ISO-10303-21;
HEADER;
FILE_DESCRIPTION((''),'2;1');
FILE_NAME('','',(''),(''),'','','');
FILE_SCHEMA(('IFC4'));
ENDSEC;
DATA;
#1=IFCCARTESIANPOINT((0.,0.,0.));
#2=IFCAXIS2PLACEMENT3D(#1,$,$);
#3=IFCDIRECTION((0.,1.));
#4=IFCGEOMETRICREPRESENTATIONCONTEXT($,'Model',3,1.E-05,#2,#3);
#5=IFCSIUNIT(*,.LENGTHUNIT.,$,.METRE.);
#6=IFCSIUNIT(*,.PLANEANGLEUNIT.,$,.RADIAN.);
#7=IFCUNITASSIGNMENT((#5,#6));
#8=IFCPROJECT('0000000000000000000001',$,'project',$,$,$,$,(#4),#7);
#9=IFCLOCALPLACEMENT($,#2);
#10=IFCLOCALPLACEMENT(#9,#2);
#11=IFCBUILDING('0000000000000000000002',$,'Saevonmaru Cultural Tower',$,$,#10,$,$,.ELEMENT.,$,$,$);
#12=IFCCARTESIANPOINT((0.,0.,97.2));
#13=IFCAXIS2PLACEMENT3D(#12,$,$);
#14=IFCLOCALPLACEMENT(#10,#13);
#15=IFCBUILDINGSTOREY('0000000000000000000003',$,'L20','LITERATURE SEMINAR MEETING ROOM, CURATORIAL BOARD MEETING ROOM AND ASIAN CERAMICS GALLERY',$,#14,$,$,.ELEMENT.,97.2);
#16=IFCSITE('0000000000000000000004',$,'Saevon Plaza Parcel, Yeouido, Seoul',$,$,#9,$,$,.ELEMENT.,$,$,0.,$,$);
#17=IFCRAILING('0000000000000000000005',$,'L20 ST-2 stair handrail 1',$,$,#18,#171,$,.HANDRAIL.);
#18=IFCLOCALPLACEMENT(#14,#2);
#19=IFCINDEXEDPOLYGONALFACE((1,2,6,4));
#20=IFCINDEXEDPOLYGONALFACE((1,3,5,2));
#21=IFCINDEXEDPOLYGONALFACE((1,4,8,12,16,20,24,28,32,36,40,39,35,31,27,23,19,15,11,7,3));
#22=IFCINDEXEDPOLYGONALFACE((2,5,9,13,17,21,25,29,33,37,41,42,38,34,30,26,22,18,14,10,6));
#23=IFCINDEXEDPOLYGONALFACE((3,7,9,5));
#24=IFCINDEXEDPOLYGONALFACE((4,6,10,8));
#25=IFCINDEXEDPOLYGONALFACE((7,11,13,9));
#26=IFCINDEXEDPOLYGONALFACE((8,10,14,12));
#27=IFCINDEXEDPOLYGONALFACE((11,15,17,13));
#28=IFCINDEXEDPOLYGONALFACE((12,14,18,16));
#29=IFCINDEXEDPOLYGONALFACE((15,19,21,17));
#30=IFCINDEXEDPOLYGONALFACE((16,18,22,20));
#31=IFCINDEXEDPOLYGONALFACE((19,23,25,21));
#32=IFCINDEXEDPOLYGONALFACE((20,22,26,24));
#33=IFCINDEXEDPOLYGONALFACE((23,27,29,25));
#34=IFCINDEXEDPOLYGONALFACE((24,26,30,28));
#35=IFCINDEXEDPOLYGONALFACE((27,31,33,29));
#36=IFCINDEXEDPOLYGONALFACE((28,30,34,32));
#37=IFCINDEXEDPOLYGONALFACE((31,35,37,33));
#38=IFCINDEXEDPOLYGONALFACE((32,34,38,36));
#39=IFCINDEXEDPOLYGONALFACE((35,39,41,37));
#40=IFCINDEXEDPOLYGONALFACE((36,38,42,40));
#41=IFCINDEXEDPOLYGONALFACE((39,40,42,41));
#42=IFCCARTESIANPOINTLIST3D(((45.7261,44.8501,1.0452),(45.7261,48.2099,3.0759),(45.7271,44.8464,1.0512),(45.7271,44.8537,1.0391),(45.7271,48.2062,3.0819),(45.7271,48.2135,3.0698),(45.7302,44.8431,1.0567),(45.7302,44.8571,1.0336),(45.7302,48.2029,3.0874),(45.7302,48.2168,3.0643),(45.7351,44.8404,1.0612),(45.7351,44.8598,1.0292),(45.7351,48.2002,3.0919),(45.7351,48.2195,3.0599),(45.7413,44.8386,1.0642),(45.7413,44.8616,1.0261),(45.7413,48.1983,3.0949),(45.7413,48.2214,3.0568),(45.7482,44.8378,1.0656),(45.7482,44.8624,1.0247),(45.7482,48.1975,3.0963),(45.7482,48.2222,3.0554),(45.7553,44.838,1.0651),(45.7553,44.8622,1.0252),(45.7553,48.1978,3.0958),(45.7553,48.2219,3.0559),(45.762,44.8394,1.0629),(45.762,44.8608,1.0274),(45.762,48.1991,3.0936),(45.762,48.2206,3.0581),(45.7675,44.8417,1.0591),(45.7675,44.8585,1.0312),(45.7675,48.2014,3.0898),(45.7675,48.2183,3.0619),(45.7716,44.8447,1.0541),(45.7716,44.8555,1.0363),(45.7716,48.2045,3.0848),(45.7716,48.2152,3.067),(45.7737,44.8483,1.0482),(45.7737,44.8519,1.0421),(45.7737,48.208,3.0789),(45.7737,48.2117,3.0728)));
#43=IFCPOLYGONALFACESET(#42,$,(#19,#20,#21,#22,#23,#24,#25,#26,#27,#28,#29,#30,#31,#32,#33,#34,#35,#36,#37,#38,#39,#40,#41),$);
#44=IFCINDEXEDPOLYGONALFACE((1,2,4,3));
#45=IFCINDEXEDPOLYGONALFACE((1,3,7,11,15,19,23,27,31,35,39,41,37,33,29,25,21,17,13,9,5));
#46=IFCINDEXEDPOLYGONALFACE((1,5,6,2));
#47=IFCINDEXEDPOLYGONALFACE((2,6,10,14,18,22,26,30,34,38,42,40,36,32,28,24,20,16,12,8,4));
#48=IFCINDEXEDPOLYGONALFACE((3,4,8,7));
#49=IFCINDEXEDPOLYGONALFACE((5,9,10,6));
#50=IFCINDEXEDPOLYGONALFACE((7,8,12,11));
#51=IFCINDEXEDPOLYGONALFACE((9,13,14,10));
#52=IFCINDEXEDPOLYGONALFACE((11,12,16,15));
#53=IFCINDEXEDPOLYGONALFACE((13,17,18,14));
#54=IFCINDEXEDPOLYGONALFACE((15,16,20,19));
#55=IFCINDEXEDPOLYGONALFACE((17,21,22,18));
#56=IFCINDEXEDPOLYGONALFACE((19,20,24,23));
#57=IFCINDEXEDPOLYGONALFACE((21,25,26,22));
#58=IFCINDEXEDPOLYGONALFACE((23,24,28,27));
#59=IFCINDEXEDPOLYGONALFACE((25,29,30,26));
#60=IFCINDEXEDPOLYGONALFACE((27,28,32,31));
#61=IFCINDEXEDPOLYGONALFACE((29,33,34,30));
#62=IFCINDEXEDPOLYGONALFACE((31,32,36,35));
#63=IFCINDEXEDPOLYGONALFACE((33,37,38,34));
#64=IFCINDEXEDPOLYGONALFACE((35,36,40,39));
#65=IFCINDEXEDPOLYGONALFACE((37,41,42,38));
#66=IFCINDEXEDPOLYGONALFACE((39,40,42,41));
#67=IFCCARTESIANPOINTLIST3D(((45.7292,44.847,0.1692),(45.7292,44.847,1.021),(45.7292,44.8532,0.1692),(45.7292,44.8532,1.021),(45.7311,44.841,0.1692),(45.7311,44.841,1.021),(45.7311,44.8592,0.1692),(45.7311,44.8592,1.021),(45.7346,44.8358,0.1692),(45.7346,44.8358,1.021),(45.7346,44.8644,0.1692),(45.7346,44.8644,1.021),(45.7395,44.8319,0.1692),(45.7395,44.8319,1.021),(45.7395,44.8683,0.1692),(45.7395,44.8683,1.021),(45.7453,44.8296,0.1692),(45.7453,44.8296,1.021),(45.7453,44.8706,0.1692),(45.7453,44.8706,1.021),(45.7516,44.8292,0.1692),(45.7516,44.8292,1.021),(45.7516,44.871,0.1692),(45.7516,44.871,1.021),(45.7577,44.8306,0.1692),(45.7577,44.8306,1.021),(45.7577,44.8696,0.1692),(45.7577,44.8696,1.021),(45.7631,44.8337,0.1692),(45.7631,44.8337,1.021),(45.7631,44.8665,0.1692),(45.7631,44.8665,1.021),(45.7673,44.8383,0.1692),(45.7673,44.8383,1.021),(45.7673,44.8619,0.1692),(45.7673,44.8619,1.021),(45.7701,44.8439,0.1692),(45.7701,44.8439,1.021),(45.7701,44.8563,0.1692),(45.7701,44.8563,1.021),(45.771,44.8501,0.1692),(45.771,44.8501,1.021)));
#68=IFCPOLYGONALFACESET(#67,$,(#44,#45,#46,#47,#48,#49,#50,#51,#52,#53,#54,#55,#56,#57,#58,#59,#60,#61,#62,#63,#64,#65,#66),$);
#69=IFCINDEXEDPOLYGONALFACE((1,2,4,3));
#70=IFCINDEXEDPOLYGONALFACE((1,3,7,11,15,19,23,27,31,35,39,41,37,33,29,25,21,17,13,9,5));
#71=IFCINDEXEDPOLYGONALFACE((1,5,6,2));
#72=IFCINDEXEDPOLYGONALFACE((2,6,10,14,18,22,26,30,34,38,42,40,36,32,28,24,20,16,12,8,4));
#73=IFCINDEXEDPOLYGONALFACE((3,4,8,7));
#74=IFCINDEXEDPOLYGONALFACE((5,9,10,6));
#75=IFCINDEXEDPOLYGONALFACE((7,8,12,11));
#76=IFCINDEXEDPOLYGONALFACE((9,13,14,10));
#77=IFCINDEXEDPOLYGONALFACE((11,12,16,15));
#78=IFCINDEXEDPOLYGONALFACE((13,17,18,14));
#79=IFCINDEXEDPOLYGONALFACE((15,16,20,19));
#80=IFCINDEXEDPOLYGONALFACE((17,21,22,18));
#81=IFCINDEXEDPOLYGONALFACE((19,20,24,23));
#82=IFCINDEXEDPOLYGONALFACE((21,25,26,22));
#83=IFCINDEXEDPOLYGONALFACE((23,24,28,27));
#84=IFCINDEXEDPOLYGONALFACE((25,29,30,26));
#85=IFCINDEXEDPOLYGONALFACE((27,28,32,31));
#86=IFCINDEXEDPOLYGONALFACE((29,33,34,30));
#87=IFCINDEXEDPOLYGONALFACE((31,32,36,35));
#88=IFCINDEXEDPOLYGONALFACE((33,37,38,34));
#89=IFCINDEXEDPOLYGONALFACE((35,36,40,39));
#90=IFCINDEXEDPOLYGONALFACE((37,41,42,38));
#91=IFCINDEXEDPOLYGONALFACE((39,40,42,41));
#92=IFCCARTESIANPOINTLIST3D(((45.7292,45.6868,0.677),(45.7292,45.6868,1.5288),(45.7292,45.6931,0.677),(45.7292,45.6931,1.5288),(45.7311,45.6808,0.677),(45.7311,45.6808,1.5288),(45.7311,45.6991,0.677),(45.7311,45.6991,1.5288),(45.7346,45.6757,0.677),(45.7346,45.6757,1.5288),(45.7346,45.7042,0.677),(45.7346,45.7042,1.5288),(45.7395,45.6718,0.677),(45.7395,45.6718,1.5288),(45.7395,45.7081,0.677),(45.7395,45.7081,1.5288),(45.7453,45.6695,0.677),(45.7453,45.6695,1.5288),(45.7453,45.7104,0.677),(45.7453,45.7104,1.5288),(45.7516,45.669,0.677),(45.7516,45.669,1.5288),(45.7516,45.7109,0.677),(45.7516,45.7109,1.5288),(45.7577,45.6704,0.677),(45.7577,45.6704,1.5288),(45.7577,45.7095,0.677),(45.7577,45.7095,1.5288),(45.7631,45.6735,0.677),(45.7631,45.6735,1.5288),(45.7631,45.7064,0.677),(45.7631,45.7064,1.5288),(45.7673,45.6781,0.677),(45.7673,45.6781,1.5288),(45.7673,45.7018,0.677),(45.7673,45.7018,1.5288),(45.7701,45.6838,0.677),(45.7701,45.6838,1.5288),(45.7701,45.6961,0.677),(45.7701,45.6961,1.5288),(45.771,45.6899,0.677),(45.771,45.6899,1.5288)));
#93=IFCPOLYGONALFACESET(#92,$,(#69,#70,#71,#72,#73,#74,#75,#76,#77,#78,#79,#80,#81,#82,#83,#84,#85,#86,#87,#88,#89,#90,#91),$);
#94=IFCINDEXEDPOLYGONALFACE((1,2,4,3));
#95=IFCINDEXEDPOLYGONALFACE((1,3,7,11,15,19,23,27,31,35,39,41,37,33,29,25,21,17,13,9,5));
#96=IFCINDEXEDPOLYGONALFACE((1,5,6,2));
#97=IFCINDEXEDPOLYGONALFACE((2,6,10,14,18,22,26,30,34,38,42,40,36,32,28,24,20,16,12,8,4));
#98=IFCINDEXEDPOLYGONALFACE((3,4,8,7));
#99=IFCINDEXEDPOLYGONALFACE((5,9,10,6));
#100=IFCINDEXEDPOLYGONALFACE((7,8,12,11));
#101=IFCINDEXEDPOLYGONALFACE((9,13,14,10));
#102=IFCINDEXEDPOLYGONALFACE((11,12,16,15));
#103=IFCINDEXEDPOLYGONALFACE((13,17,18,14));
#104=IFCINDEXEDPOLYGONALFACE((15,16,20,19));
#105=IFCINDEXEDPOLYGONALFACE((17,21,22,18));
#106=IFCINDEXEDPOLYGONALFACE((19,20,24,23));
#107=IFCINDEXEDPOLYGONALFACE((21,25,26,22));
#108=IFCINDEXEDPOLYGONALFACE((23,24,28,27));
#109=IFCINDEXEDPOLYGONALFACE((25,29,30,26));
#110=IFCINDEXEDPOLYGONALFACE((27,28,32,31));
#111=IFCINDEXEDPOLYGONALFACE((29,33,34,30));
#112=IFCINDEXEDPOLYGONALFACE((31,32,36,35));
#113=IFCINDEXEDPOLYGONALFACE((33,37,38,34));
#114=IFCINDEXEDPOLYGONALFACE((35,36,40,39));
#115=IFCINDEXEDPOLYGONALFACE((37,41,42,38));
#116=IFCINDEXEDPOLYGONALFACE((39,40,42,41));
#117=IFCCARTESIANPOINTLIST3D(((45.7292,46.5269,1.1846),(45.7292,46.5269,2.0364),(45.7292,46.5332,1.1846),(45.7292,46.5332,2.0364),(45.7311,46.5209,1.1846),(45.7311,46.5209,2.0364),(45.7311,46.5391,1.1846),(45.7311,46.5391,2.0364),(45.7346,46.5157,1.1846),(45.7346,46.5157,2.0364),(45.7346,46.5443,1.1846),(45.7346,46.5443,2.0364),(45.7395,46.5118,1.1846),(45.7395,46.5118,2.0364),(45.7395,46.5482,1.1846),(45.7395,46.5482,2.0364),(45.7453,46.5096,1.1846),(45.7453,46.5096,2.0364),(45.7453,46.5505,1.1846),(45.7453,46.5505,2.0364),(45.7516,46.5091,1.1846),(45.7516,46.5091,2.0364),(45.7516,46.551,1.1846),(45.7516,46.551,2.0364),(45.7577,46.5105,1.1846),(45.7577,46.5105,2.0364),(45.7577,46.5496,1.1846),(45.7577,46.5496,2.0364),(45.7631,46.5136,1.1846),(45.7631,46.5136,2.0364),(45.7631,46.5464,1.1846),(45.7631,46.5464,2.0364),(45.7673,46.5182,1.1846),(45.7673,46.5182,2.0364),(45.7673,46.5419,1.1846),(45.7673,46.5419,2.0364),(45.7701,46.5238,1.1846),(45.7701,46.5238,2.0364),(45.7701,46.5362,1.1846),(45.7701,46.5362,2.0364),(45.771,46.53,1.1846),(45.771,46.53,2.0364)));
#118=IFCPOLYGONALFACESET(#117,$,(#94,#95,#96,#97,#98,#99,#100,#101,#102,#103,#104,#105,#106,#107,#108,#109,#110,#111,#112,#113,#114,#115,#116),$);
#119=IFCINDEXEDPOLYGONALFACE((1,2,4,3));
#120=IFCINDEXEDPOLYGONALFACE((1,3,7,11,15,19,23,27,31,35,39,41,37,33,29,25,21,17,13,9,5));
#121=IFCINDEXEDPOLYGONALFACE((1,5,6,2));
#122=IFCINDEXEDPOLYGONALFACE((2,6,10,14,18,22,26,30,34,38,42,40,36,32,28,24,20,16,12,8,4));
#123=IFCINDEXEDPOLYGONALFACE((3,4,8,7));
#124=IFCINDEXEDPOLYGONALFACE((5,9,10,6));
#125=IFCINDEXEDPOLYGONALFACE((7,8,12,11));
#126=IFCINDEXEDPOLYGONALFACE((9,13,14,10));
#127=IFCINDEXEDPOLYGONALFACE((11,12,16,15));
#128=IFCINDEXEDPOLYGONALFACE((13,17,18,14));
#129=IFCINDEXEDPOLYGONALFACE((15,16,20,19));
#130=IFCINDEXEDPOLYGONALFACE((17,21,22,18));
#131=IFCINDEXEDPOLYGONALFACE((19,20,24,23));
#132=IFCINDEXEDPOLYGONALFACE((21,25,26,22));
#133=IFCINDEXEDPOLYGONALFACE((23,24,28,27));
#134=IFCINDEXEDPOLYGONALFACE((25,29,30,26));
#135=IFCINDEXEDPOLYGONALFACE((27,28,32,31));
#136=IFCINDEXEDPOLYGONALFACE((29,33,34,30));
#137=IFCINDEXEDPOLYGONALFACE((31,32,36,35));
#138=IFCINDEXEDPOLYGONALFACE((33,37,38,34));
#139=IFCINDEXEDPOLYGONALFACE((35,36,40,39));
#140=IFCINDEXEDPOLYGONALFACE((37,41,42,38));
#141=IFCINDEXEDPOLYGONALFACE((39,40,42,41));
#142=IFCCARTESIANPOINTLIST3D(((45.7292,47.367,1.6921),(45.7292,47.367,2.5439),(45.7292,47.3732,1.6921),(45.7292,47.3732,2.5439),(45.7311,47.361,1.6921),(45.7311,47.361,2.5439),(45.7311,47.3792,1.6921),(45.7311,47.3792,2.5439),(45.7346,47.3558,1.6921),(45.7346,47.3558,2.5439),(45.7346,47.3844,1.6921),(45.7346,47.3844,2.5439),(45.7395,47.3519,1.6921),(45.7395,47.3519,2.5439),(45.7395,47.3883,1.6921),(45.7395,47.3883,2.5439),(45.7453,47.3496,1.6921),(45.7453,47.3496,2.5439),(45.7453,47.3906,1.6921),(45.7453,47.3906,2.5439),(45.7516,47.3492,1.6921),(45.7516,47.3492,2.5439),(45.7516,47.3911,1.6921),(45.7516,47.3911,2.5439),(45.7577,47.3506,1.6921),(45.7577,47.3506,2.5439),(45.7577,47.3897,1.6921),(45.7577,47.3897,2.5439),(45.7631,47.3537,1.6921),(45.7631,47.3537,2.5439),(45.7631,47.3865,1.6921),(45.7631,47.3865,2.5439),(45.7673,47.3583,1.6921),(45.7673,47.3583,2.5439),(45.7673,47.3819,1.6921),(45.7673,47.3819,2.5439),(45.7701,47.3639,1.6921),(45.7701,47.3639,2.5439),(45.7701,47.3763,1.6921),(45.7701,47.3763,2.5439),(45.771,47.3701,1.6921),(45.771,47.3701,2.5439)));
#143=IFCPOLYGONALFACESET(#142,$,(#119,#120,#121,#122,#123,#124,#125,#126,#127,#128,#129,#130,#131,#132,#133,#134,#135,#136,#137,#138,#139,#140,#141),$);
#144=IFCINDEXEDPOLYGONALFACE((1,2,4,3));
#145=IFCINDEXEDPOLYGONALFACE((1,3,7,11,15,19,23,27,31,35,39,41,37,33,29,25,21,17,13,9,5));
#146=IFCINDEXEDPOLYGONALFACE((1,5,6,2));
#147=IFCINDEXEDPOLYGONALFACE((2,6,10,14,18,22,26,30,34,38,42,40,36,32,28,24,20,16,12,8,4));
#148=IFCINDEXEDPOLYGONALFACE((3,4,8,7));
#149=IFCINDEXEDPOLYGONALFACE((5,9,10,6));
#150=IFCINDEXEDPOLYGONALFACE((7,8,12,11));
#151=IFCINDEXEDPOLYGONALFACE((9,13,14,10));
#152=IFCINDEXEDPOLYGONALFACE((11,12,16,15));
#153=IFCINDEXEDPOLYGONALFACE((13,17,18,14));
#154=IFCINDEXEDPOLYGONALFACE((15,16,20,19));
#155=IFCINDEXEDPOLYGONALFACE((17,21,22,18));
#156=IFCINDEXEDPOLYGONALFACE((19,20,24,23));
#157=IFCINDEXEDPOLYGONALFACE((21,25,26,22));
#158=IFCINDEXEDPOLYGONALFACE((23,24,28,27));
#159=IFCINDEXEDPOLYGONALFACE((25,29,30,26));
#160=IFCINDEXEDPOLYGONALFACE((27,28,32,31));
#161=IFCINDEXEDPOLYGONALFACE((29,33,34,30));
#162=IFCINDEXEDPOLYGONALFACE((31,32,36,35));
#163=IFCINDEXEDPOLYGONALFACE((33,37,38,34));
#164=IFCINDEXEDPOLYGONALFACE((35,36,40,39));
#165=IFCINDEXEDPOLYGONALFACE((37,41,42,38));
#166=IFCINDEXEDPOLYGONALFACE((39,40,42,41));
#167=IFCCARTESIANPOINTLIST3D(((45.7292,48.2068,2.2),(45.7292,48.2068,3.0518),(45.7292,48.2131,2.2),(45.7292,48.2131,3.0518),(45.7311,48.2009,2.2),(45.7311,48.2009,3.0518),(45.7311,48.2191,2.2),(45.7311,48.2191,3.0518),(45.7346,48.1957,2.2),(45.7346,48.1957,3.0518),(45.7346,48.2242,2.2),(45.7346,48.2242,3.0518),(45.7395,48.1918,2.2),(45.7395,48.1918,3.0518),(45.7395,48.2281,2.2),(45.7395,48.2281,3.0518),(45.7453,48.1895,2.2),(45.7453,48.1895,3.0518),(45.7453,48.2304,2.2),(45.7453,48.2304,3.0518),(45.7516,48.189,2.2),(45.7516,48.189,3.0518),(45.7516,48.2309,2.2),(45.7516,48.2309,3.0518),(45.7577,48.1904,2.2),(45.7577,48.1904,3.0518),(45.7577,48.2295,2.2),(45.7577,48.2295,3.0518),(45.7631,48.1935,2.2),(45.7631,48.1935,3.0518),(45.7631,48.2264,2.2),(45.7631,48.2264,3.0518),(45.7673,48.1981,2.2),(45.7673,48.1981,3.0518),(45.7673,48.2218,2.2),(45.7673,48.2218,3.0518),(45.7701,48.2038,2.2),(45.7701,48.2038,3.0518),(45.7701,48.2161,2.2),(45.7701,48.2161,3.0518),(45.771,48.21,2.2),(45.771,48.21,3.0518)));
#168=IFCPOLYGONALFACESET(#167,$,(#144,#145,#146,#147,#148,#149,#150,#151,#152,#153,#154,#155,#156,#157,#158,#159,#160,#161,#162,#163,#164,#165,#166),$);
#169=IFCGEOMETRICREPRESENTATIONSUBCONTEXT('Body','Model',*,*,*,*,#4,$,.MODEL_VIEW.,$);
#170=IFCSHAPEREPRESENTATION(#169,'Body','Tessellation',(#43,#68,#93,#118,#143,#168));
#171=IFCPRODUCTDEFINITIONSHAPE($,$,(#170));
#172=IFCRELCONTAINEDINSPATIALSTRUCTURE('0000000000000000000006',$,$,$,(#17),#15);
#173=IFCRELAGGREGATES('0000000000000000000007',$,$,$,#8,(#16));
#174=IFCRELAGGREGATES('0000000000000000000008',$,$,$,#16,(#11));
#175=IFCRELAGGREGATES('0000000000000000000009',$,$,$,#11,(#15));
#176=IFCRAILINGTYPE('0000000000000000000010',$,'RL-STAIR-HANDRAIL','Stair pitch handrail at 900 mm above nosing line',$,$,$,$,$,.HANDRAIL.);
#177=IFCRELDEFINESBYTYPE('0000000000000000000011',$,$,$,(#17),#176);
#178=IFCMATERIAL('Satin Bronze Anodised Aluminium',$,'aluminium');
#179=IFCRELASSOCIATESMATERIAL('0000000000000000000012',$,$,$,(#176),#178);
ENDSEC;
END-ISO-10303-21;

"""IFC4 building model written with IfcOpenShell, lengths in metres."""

from ifc_helpers import new_model, si_unit, direction, frame, origin, origin_2d, place, context, subcontext, project, spatial, circle, extrude, material, type_object, element, save


model = new_model("IFC4")

# Units and contexts
model_context = context("Model", 3, precision=1e-05, world=origin(), true_north=direction((0.0, 1.0)))
body_context = subcontext(model_context, "Body", "Model", "MODEL_VIEW")
ifc_project = project(units=[si_unit("LENGTHUNIT", "METRE"), si_unit("PLANEANGLEUNIT", "RADIAN")], contexts=[model_context])

# Site, building, storey
site_placement = place(None, origin())
site = spatial("IfcSite", under=ifc_project, at=site_placement, Name="Saevon Plaza Parcel, Yeouido, Seoul", CompositionType="ELEMENT", RefElevation=0.0)
building_placement = place(site_placement, origin())
building = spatial("IfcBuilding", under=site, at=building_placement, Name="Saevonmaru Cultural Tower", CompositionType="ELEMENT")
storey_placement = place(building_placement, frame((0.0, 0.0, 97.2)))
storey = spatial("IfcBuildingStorey", under=building, at=storey_placement, Name="L20", Description="LITERATURE SEMINAR MEETING ROOM, CURATORIAL BOARD MEETING ROOM AND ASIAN CERAMICS GALLERY", CompositionType="ELEMENT", Elevation=97.2)

# Shared definitions
ifc_material_1 = material(Name="Satin Bronze Anodised Aluminium", Category="aluminium")

# Railing
railing_type_1 = type_object("IfcRailingType", Name="RL-STAIR-HANDRAIL", Description="Stair pitch handrail at 900 mm above nosing line", PredefinedType="HANDRAIL", material=ifc_material_1)
railing_1_placement = place(storey_placement, frame((45.75, 44.8501, 0.1692)))
element("IfcRailing", 1, at=railing_1_placement, inside=storey, type_object=railing_type_1, Name="L20 ST-2 stair handrail 1", PredefinedType="HANDRAIL", context=body_context, shape_type="SweptSolid", body=[
    extrude(circle(Radius=0.0239, at=origin_2d()), frame((0.0, 0.0, 0.876), z_axis=(0.0, 0.85582, 0.517273), x_axis=(-1.0, 0.0, 0.0)), (0.0, 0.0, 1.0), 3.9258),
    extrude(circle(Radius=0.021, at=origin_2d()), origin(), (0.0, 0.0, 1.0), 0.8518),
    extrude(circle(Radius=0.021, at=origin_2d()), frame((0.0, 0.8398, 0.5078)), (0.0, 0.0, 1.0), 0.8518),
    extrude(circle(Radius=0.021, at=origin_2d()), frame((0.0, 1.6799, 1.0154)), (0.0, 0.0, 1.0), 0.8518),
    extrude(circle(Radius=0.021, at=origin_2d()), frame((0.0, 2.52, 1.5229)), (0.0, 0.0, 1.0), 0.8518),
    extrude(circle(Radius=0.021, at=origin_2d()), frame((0.0, 3.3599, 2.0308)), (0.0, 0.0, 1.0), 0.8518),
])

save(model, "model.ifc")
